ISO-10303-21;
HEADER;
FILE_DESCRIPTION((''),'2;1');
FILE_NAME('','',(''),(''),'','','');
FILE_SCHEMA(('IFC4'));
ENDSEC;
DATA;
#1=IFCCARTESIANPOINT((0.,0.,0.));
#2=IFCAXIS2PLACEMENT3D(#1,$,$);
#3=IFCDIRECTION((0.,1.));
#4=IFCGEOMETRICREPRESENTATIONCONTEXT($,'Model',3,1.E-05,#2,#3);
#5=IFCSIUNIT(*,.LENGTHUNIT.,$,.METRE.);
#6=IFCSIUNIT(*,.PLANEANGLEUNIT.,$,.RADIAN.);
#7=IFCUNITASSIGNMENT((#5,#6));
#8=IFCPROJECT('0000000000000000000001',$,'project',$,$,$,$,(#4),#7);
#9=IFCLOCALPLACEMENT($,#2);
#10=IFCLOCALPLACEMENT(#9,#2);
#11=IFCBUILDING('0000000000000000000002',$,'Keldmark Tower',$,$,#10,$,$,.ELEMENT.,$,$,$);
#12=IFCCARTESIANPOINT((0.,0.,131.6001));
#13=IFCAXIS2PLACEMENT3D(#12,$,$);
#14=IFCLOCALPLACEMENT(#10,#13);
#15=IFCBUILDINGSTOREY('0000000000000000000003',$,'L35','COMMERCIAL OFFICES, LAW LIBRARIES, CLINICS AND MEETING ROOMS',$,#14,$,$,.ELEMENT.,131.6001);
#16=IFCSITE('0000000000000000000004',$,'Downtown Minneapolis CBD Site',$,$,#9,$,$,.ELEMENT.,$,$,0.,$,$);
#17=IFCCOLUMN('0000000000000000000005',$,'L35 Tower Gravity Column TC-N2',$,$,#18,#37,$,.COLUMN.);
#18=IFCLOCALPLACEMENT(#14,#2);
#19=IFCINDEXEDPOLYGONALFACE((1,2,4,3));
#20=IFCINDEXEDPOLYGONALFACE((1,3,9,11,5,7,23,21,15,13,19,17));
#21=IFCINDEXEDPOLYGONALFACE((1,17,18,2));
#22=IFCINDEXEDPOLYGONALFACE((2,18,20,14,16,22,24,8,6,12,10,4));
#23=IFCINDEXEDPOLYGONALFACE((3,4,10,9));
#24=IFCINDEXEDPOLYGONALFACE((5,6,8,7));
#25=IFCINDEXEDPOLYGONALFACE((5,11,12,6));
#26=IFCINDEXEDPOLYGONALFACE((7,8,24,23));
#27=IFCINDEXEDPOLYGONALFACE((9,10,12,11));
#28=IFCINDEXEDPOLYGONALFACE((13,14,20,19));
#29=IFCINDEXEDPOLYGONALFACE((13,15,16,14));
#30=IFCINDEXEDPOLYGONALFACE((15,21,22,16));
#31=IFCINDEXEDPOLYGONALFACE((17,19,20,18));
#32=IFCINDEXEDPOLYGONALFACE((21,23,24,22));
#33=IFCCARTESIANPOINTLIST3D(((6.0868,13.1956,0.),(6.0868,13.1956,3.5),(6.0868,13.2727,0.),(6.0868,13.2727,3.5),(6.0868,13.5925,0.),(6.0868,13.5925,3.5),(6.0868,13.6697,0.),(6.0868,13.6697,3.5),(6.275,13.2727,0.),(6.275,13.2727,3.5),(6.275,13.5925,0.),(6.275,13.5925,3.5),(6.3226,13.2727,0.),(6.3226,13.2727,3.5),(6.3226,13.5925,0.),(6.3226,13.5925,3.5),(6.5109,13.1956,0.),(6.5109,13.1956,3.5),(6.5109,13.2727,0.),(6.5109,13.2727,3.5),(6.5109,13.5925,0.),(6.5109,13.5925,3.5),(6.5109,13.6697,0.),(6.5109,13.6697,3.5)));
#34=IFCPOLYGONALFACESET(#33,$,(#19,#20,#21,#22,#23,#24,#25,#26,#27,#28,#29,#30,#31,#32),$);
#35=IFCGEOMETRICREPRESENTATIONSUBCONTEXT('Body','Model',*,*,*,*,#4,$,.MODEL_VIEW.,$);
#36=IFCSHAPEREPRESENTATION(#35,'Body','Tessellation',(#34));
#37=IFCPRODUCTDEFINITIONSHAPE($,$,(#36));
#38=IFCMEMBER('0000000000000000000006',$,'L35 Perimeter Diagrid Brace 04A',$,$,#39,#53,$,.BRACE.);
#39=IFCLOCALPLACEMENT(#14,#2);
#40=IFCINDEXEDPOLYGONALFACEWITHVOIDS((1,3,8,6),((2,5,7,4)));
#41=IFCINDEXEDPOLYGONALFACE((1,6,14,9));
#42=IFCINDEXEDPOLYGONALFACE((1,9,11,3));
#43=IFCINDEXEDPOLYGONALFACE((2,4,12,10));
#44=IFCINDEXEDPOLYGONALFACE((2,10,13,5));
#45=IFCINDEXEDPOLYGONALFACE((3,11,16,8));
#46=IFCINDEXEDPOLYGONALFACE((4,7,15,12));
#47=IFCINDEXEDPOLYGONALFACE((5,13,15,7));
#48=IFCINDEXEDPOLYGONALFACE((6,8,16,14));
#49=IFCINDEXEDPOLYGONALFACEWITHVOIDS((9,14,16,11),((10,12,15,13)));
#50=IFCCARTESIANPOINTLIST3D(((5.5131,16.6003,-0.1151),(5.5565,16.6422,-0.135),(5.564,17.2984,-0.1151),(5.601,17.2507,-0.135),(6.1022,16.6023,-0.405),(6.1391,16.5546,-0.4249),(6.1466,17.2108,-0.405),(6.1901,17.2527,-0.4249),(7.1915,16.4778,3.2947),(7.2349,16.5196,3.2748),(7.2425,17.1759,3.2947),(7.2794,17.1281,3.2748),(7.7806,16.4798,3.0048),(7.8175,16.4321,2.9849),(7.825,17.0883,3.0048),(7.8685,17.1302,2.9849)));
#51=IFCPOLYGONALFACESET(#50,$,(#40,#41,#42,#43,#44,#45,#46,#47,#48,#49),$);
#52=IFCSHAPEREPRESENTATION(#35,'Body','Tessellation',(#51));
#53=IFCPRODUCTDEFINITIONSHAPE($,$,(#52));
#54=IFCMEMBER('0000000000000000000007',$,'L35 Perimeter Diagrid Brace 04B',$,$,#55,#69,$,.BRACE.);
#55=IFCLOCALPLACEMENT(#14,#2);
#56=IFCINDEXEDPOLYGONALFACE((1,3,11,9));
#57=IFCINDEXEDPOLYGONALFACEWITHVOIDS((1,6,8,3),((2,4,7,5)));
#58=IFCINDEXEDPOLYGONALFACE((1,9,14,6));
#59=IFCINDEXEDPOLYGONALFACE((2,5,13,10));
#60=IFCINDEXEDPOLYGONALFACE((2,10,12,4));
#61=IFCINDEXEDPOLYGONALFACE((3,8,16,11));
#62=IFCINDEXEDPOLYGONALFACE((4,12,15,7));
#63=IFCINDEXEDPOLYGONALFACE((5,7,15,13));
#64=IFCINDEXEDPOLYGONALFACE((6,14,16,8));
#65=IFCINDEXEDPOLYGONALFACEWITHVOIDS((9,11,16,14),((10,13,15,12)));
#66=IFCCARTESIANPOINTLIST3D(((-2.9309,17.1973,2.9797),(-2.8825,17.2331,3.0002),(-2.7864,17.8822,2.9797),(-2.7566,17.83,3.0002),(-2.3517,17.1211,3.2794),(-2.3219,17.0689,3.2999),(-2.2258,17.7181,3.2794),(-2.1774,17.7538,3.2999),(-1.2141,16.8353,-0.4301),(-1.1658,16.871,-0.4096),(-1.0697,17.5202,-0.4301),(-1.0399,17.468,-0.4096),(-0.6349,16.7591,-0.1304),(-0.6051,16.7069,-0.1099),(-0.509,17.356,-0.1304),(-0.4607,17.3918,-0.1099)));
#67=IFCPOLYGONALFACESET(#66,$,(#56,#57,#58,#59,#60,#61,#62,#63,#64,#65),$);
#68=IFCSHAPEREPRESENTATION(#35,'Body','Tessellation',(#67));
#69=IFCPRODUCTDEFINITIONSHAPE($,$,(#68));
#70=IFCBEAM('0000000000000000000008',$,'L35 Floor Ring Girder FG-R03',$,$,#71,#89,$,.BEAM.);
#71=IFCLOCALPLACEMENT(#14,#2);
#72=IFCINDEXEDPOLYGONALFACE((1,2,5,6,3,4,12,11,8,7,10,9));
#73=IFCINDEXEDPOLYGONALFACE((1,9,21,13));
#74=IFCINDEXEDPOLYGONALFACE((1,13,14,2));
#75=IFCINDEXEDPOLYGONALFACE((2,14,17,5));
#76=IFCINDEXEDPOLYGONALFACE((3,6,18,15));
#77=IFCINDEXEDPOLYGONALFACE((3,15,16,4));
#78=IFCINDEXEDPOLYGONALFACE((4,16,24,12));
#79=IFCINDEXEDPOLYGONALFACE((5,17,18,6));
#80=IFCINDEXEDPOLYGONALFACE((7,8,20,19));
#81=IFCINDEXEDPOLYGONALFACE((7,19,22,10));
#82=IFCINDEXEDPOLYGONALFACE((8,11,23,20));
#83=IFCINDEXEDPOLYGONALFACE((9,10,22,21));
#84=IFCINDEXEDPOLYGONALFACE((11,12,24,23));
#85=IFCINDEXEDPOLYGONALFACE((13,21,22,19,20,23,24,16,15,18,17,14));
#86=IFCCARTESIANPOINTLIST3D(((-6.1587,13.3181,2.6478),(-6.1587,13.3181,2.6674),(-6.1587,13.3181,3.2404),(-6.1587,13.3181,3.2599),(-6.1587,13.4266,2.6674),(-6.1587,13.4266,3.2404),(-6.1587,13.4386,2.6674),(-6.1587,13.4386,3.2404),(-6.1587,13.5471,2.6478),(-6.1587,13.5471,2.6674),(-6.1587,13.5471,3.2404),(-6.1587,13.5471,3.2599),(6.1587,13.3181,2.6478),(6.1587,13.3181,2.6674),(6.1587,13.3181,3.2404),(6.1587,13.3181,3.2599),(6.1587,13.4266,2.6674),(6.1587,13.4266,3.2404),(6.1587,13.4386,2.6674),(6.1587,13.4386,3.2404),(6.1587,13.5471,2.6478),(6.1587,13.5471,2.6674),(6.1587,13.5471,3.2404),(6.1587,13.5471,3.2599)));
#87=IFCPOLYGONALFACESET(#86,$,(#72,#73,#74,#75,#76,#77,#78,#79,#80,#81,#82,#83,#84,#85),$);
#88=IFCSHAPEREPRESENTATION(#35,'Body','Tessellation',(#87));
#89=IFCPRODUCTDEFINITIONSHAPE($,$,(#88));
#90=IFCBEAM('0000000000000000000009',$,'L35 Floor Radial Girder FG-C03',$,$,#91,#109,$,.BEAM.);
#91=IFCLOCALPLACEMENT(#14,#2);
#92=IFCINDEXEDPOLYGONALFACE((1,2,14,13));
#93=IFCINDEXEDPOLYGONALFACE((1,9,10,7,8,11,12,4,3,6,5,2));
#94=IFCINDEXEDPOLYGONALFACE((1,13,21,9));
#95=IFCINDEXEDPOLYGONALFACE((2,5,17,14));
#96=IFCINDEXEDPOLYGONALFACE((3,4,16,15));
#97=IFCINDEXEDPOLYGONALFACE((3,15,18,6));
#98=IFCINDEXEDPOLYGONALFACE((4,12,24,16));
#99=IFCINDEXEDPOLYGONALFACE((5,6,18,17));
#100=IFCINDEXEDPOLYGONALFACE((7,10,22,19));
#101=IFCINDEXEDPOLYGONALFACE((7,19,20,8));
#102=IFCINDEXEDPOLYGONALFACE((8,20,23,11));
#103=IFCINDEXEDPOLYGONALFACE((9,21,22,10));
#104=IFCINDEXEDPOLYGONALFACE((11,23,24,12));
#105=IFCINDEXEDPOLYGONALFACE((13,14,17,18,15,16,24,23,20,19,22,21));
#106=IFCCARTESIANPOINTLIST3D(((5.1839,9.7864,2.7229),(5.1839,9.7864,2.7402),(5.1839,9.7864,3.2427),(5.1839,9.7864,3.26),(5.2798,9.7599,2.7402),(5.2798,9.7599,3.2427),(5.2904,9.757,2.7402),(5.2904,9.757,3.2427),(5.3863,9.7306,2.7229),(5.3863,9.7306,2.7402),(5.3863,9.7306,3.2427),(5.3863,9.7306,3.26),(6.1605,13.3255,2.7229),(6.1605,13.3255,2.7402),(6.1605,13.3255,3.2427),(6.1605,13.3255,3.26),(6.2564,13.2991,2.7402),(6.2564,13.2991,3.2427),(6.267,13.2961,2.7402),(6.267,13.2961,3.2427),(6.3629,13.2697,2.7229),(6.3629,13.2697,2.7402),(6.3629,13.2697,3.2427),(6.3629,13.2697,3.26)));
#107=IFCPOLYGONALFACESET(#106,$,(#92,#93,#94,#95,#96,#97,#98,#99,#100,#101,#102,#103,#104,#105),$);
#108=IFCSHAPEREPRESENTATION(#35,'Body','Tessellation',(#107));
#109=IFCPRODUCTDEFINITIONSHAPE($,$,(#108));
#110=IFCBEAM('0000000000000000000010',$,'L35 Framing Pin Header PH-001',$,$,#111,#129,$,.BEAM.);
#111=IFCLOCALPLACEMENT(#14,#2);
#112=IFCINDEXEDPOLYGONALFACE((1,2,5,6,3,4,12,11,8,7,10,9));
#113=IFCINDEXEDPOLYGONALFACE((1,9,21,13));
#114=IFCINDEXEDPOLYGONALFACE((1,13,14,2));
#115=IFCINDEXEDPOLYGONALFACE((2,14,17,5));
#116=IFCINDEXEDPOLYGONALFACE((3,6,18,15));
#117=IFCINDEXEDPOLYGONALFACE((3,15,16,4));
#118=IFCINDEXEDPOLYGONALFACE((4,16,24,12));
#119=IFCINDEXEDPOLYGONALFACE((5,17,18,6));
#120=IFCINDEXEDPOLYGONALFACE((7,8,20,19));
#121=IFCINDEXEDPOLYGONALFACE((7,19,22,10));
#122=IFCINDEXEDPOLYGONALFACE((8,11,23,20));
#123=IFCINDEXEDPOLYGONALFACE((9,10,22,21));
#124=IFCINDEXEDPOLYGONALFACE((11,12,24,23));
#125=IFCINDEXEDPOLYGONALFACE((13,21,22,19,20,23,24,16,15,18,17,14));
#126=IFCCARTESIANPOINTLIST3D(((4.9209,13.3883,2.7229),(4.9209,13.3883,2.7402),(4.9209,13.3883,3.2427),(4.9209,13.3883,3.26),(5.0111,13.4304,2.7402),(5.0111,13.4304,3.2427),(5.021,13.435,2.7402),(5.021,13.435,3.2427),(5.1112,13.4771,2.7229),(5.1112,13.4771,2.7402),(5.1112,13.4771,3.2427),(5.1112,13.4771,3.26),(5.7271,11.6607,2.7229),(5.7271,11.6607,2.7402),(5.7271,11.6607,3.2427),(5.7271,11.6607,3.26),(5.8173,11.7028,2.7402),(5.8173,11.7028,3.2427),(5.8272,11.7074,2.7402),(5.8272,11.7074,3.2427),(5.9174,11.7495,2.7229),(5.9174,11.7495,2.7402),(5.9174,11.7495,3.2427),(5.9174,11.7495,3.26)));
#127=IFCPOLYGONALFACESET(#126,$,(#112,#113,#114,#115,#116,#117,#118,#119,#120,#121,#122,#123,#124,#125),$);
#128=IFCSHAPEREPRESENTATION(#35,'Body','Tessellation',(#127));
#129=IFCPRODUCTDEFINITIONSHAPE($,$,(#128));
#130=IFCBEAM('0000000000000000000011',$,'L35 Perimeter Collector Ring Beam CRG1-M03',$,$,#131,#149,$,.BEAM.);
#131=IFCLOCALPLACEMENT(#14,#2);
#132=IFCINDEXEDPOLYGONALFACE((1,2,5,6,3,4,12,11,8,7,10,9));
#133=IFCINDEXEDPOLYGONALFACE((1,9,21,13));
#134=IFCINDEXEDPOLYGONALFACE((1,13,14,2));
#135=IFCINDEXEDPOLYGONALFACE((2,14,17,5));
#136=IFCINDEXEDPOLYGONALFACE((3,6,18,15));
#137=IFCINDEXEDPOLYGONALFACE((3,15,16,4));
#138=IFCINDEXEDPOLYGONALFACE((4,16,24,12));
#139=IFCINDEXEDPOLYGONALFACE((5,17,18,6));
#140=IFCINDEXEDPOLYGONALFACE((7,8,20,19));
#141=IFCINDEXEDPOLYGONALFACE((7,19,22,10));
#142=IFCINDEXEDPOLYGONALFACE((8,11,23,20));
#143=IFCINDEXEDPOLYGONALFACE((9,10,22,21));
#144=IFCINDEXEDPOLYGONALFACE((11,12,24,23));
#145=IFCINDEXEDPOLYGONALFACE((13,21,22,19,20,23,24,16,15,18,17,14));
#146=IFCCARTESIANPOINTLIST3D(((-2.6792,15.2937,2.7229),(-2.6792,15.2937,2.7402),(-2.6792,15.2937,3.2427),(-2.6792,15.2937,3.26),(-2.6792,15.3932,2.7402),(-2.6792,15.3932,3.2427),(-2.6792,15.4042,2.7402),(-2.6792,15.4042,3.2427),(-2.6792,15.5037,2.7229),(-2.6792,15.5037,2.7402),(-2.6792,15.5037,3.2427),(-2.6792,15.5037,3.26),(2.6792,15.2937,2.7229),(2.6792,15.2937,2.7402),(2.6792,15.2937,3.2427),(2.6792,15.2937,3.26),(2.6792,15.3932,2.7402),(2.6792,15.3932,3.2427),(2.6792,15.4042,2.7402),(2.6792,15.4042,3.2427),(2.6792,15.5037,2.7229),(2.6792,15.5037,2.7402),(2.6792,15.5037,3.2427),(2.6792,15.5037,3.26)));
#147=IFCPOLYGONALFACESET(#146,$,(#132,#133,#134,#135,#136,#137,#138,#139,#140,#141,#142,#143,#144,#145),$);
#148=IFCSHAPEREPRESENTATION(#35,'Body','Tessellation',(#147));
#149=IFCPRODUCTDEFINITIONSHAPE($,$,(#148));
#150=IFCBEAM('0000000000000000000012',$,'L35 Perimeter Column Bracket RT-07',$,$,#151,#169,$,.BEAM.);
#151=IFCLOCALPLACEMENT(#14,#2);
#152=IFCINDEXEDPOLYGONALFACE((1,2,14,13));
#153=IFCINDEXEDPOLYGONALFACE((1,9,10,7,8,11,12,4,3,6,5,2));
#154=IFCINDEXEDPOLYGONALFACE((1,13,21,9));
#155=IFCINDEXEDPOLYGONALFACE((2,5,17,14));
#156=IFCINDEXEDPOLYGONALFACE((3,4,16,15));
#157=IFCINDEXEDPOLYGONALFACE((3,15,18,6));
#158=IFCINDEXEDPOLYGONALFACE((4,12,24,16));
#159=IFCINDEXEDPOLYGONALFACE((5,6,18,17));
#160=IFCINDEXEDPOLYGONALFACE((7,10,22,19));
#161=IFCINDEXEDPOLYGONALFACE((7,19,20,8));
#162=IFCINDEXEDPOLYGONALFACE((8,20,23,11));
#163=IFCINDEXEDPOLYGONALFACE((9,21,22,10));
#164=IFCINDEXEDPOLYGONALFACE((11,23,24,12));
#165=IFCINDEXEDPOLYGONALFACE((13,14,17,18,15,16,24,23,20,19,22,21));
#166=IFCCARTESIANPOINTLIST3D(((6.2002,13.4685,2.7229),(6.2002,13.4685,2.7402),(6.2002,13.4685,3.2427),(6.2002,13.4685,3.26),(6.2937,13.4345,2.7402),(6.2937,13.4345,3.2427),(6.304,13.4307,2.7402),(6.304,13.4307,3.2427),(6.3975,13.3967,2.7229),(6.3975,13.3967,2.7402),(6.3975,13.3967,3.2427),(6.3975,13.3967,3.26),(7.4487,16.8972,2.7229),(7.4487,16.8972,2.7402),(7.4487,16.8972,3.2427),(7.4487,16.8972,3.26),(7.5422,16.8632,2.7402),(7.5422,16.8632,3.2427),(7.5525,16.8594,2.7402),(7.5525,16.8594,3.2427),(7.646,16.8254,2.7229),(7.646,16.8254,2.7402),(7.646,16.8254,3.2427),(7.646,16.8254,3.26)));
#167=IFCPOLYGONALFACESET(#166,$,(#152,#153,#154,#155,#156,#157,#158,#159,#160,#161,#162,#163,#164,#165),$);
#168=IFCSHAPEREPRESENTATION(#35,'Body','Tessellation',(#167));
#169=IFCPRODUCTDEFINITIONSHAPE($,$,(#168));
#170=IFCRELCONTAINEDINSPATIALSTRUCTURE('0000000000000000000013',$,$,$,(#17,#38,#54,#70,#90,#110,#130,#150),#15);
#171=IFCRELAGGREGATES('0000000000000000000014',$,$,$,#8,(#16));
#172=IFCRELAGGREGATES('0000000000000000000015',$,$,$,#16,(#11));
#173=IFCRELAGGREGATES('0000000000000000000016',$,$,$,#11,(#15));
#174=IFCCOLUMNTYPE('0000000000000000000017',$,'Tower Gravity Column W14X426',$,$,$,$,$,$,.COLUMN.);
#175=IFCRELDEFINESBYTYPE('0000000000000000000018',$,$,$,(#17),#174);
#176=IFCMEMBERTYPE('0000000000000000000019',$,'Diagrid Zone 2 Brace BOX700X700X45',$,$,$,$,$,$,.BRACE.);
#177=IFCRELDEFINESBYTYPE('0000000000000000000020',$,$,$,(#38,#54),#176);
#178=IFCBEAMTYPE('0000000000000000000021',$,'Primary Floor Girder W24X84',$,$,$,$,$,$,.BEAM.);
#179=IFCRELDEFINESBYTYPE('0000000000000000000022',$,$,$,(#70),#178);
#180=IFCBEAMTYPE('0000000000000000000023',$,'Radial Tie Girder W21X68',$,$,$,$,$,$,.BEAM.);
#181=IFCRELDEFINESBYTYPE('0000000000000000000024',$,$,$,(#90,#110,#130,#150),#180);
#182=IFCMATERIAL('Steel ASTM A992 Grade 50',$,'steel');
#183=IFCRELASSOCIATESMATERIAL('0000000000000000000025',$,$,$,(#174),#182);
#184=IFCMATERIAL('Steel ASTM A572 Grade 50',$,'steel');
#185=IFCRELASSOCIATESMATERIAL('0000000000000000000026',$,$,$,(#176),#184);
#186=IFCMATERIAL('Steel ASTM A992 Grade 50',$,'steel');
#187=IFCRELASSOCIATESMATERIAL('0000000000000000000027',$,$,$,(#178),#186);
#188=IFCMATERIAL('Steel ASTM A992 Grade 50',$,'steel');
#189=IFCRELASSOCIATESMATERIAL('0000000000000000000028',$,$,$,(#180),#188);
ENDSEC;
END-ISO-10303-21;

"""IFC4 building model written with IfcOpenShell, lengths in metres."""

from ifc_helpers import new_model, si_unit, direction, frame, origin, origin_2d, place, context, subcontext, project, spatial, hollow_rectangle, i_section, extrude, material, material_profile, profile_set, type_object, element, save


model = new_model("IFC4")

# Units and contexts
model_context = context("Model", 3, precision=1e-05, world=origin(), true_north=direction((0.0, 1.0)))
body_context = subcontext(model_context, "Body", "Model", "MODEL_VIEW")
ifc_project = project(units=[si_unit("LENGTHUNIT", "METRE"), si_unit("PLANEANGLEUNIT", "RADIAN")], contexts=[model_context])

# Site, building, storey
site_placement = place(None, origin())
site = spatial("IfcSite", under=ifc_project, at=site_placement, Name="Downtown Minneapolis CBD Site", CompositionType="ELEMENT", RefElevation=0.0)
building_placement = place(site_placement, origin())
building = spatial("IfcBuilding", under=site, at=building_placement, Name="Keldmark Tower", CompositionType="ELEMENT")
storey_placement = place(building_placement, frame((0.0, 0.0, 131.6001)))
storey = spatial("IfcBuildingStorey", under=building, at=storey_placement, Name="L35", Description="COMMERCIAL OFFICES, LAW LIBRARIES, CLINICS AND MEETING ROOMS", CompositionType="ELEMENT", Elevation=131.6001)

# Column
ifc_material_1 = material(Name="Steel ASTM A992 Grade 50", Category="steel")
ifc_material_profile_1 = material_profile(ifc_material_1, i_section(OverallWidth=0.4241, OverallDepth=0.4741, WebThickness=0.0476, FlangeThickness=0.0771, at=origin_2d()), Name="W14X426")
ifc_profile_set_1 = profile_set([ifc_material_profile_1], Name="Steel ASTM A992 Grade 50")
column_type = type_object("IfcColumnType", Name="Tower Gravity Column W14X426", PredefinedType="COLUMN", material=ifc_profile_set_1)
column_placement = place(storey_placement, frame((6.2988, 13.4326, 0.0), z_axis=(0.0, 0.0, 1.0), x_axis=(1.0, 0.0, 0.0)))
element("IfcColumn", 1, at=column_placement, inside=storey, type_object=column_type, Name="L35 Tower Gravity Column TC-N2", PredefinedType="COLUMN", context=body_context, shape_type="SweptSolid", body=[
    extrude(i_section(OverallWidth=0.4241, OverallDepth=0.4741, WebThickness=0.0476, FlangeThickness=0.0771, at=origin_2d()), origin(), (0.0, 0.0, 1.0), 3.5),
])

# Members
ifc_material_2 = material(Name="Steel ASTM A572 Grade 50", Category="steel")
ifc_material_profile_2 = material_profile(ifc_material_2, hollow_rectangle(XDim=0.7, YDim=0.7, WallThickness=0.0449, at=origin_2d()), Name="BOX700X700X45")
ifc_profile_set_2 = profile_set([ifc_material_profile_2], Name="Steel ASTM A572 Grade 50")
member_type = type_object("IfcMemberType", Name="Diagrid Zone 2 Brace BOX700X700X45", PredefinedType="BRACE", material=ifc_profile_set_2)
member_1_placement = place(storey_placement, frame((5.8516, 16.9265, -0.27), z_axis=(0.4414, -0.03223, 0.896732), x_axis=(0.072824, 0.997345, 0.0)))
element("IfcMember", 2, at=member_1_placement, inside=storey, type_object=member_type, Name="L35 Perimeter Diagrid Brace 04A", PredefinedType="BRACE", context=body_context, shape_type="SweptSolid", body=[
    extrude(hollow_rectangle(XDim=0.7, YDim=0.7, WallThickness=0.0449, at=origin_2d()), origin(), (0.0, 0.0, 1.0), 3.8025),
])
member_2_placement = place(storey_placement, frame((-0.8374, 17.1135, -0.27), z_axis=(-0.447684, 0.094414, 0.889193), x_axis=(-0.206354, -0.978477, 0.0)))
element("IfcMember", 3, at=member_2_placement, inside=storey, type_object=member_type, Name="L35 Perimeter Diagrid Brace 04B", PredefinedType="BRACE", context=body_context, shape_type="SweptSolid", body=[
    extrude(hollow_rectangle(XDim=0.7, YDim=0.7, WallThickness=0.0449, at=origin_2d()), origin(), (0.0, 0.0, 1.0), 3.8347),
])

# Beams
ifc_material_3 = material(Name="Steel ASTM A992 Grade 50", Category="steel")
ifc_material_profile_3 = material_profile(ifc_material_3, i_section(OverallWidth=0.229, OverallDepth=0.6121, WebThickness=0.012, FlangeThickness=0.0195, at=origin_2d()), Name="W24X84")
ifc_profile_set_3 = profile_set([ifc_material_profile_3], Name="Steel ASTM A992 Grade 50")
beam_type_1 = type_object("IfcBeamType", Name="Primary Floor Girder W24X84", PredefinedType="BEAM", material=ifc_profile_set_3)
beam_1_placement = place(storey_placement, frame((6.1587, 13.4326, 2.9539), z_axis=(-1.0, 0.0, 0.0), x_axis=(0.0, -1.0, 0.0)))
element("IfcBeam", 4, at=beam_1_placement, inside=storey, type_object=beam_type_1, Name="L35 Floor Ring Girder FG-R03", PredefinedType="BEAM", context=body_context, shape_type="SweptSolid", body=[
    extrude(i_section(OverallWidth=0.229, OverallDepth=0.6121, WebThickness=0.012, FlangeThickness=0.0195, at=origin_2d()), origin(), (0.0, 0.0, 1.0), 12.3174),
])
ifc_material_4 = material(Name="Steel ASTM A992 Grade 50", Category="steel")
ifc_material_profile_4 = material_profile(ifc_material_4, i_section(OverallWidth=0.21, OverallDepth=0.5371, WebThickness=0.011, FlangeThickness=0.0173, at=origin_2d()), Name="W21X68")
ifc_profile_set_4 = profile_set([ifc_material_profile_4], Name="Steel ASTM A992 Grade 50")
beam_type_2 = type_object("IfcBeamType", Name="Radial Tie Girder W21X68", PredefinedType="BEAM", material=ifc_profile_set_4)
beam_2_placement = place(storey_placement, frame((6.2617, 13.2976, 2.9915), z_axis=(-0.265997, -0.963974, 0.0), x_axis=(0.963974, -0.265997, 0.0)))
element("IfcBeam", 5, at=beam_2_placement, inside=storey, type_object=beam_type_2, Name="L35 Floor Radial Girder FG-C03", PredefinedType="BEAM", context=body_context, shape_type="SweptSolid", body=[
    extrude(i_section(OverallWidth=0.21, OverallDepth=0.5371, WebThickness=0.011, FlangeThickness=0.0173, at=origin_2d()), origin(), (0.0, 0.0, 1.0), 3.6714),
])
beam_3_placement = place(storey_placement, frame((5.8223, 11.7051, 2.9915), z_axis=(-0.422871, 0.90619, 0.0), x_axis=(-0.90619, -0.422871, 0.0)))
element("IfcBeam", 6, at=beam_3_placement, inside=storey, type_object=beam_type_2, Name="L35 Framing Pin Header PH-001", PredefinedType="BEAM", context=body_context, shape_type="SweptSolid", body=[
    extrude(i_section(OverallWidth=0.21, OverallDepth=0.5371, WebThickness=0.011, FlangeThickness=0.0173, at=origin_2d()), origin(), (0.0, 0.0, 1.0), 1.9065),
])
beam_4_placement = place(storey_placement, frame((2.6792, 15.3987, 2.9915), z_axis=(-1.0, 0.0, 0.0), x_axis=(0.0, -1.0, 0.0)))
element("IfcBeam", 7, at=beam_4_placement, inside=storey, type_object=beam_type_2, Name="L35 Perimeter Collector Ring Beam CRG1-M03", PredefinedType="BEAM", context=body_context, shape_type="SweptSolid", body=[
    extrude(i_section(OverallWidth=0.21, OverallDepth=0.5371, WebThickness=0.011, FlangeThickness=0.0173, at=origin_2d()), origin(), (0.0, 0.0, 1.0), 5.3584),
])
beam_5_placement = place(storey_placement, frame((6.2988, 13.4326, 2.9915), z_axis=(0.342162, 0.939641, 0.0), x_axis=(-0.939641, 0.342162, 0.0)))
element("IfcBeam", 8, at=beam_5_placement, inside=storey, type_object=beam_type_2, Name="L35 Perimeter Column Bracket RT-07", PredefinedType="BEAM", context=body_context, shape_type="SweptSolid", body=[
    extrude(i_section(OverallWidth=0.21, OverallDepth=0.5371, WebThickness=0.011, FlangeThickness=0.0173, at=origin_2d()), origin(), (0.0, 0.0, 1.0), 3.6489),
])

save(model, "model.ifc")
